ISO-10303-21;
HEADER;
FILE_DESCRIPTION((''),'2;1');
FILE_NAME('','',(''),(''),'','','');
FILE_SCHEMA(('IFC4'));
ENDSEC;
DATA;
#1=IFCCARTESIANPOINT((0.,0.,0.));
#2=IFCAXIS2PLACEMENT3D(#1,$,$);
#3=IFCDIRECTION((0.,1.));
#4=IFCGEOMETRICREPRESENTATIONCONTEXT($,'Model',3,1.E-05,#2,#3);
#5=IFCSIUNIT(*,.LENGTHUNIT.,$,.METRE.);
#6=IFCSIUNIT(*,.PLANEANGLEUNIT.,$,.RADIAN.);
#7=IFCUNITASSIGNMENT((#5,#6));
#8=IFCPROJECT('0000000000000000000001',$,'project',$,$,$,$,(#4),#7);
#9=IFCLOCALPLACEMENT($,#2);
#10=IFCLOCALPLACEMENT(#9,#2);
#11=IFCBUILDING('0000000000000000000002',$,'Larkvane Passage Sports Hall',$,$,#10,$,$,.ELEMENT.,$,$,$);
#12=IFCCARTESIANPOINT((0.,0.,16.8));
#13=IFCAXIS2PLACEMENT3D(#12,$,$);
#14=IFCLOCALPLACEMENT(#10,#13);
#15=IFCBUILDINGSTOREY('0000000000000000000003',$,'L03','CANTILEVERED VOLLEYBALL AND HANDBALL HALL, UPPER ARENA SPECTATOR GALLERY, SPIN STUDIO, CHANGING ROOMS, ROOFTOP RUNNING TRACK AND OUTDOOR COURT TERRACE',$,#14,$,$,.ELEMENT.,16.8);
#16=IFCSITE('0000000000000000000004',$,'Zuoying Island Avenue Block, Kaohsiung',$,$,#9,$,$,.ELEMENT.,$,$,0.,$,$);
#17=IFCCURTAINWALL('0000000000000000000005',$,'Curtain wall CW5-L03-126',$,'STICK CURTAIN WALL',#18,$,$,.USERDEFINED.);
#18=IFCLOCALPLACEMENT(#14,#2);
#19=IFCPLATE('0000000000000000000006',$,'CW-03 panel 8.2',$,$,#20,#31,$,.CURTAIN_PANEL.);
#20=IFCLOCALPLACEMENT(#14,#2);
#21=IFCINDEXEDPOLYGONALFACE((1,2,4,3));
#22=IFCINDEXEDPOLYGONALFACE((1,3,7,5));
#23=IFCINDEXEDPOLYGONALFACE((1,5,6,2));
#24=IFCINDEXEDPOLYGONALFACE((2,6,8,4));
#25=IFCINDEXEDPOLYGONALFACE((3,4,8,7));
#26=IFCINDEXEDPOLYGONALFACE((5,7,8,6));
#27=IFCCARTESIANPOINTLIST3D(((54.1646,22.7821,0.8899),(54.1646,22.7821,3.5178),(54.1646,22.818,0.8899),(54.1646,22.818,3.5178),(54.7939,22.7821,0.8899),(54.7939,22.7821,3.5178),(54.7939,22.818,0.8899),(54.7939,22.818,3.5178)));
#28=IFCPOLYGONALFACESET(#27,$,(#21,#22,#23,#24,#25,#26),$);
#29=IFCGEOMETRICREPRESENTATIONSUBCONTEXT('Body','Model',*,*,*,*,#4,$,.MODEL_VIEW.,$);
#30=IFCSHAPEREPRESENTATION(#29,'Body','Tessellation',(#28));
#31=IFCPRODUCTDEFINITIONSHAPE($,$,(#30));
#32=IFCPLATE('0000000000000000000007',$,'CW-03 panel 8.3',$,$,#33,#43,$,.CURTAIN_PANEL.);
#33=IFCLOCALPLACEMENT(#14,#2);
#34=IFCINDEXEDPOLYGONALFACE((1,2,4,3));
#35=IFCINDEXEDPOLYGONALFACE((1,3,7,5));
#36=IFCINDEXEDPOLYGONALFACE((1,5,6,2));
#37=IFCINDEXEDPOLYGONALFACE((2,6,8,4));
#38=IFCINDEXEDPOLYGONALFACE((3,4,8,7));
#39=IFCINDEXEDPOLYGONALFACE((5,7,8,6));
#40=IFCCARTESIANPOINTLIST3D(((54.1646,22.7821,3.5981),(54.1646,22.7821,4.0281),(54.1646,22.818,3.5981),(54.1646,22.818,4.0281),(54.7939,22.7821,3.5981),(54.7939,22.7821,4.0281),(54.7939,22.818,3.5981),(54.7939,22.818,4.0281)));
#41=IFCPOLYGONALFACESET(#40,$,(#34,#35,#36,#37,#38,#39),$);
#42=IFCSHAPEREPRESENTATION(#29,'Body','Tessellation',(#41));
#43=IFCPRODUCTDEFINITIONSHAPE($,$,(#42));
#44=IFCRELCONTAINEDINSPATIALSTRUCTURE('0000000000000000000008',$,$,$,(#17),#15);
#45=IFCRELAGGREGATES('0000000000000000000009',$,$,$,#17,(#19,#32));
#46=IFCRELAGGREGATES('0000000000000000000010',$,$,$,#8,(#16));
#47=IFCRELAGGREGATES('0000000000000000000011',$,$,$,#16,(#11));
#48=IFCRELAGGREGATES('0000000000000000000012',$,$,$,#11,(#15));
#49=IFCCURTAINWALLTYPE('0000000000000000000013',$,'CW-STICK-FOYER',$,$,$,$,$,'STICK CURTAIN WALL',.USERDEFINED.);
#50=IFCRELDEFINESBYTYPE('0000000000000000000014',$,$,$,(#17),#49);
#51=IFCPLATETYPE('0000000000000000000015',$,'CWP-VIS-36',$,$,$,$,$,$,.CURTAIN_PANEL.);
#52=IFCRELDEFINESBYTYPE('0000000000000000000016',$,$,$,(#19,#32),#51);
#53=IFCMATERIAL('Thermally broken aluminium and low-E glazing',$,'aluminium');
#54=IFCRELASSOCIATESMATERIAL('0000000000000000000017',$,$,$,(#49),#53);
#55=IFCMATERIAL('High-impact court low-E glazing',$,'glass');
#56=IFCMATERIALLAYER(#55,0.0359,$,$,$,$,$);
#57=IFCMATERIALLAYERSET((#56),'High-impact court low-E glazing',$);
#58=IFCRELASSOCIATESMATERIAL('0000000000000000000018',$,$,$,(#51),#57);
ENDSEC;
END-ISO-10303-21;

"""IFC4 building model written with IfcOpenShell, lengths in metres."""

from ifc_helpers import new_model, si_unit, direction, frame, origin, origin_2d, place, context, subcontext, project, spatial, rectangle, extrude, material, layer, layer_set, type_object, element, aggregate, save


model = new_model("IFC4")

# Units and contexts
model_context = context("Model", 3, precision=1e-05, world=origin(), true_north=direction((0.0, 1.0)))
body_context = subcontext(model_context, "Body", "Model", "MODEL_VIEW")
ifc_project = project(units=[si_unit("LENGTHUNIT", "METRE"), si_unit("PLANEANGLEUNIT", "RADIAN")], contexts=[model_context])

# Site, building, storey
site_placement = place(None, origin())
site = spatial("IfcSite", under=ifc_project, at=site_placement, Name="Zuoying Island Avenue Block, Kaohsiung", CompositionType="ELEMENT", RefElevation=0.0)
building_placement = place(site_placement, origin())
building = spatial("IfcBuilding", under=site, at=building_placement, Name="Larkvane Passage Sports Hall", CompositionType="ELEMENT")
storey_placement = place(building_placement, frame((0.0, 0.0, 16.8)))
storey = spatial("IfcBuildingStorey", under=building, at=storey_placement, Name="L03", Description="CANTILEVERED VOLLEYBALL AND HANDBALL HALL, UPPER ARENA SPECTATOR GALLERY, SPIN STUDIO, CHANGING ROOMS, ROOFTOP RUNNING TRACK AND OUTDOOR COURT TERRACE", CompositionType="ELEMENT", Elevation=16.8)

# Curtain wall, plates
ifc_material_1 = material(Name="Thermally broken aluminium and low-E glazing", Category="aluminium")
curtain_wall_type = type_object("IfcCurtainWallType", Name="CW-STICK-FOYER", ElementType="STICK CURTAIN WALL", PredefinedType="USERDEFINED", material=ifc_material_1)
curtain_wall_placement = place(storey_placement, origin())
curtain_wall = element("IfcCurtainWall", 1, at=curtain_wall_placement, inside=storey, type_object=curtain_wall_type, Name="Curtain wall CW5-L03-126", ObjectType="STICK CURTAIN WALL", PredefinedType="USERDEFINED")
ifc_material_2 = material(Name="High-impact court low-E glazing", Category="glass")
ifc_layer_1 = layer(ifc_material_2, 0.0359)
ifc_layer_set_1 = layer_set([ifc_layer_1], Name="High-impact court low-E glazing")
plate_type_1 = type_object("IfcPlateType", Name="CWP-VIS-36", PredefinedType="CURTAIN_PANEL", material=ifc_layer_set_1)
plate_1_placement = place(storey_placement, frame((54.4792, 22.8, 0.8899), z_axis=(0.0, 0.0, 1.0), x_axis=(-1.0, 0.0, 0.0)))
plate_1 = element("IfcPlate", 2, at=plate_1_placement, type_object=plate_type_1, Name="CW-03 panel 8.2", PredefinedType="CURTAIN_PANEL", context=body_context, shape_type="SweptSolid", body=[
    extrude(rectangle(XDim=0.6294, YDim=0.0359, at=origin_2d()), origin(), (0.0, 0.0, 1.0), 2.6279),
])
plate_2_placement = place(storey_placement, frame((54.4792, 22.8, 3.5981), z_axis=(0.0, 0.0, 1.0), x_axis=(-1.0, 0.0, 0.0)))
plate_2 = element("IfcPlate", 3, at=plate_2_placement, type_object=plate_type_1, Name="CW-03 panel 8.3", PredefinedType="CURTAIN_PANEL", context=body_context, shape_type="SweptSolid", body=[
    extrude(rectangle(XDim=0.6294, YDim=0.0359, at=origin_2d()), origin(), (0.0, 0.0, 1.0), 0.4299),
])
aggregate(curtain_wall, [plate_1, plate_2])

save(model, "model.ifc")
